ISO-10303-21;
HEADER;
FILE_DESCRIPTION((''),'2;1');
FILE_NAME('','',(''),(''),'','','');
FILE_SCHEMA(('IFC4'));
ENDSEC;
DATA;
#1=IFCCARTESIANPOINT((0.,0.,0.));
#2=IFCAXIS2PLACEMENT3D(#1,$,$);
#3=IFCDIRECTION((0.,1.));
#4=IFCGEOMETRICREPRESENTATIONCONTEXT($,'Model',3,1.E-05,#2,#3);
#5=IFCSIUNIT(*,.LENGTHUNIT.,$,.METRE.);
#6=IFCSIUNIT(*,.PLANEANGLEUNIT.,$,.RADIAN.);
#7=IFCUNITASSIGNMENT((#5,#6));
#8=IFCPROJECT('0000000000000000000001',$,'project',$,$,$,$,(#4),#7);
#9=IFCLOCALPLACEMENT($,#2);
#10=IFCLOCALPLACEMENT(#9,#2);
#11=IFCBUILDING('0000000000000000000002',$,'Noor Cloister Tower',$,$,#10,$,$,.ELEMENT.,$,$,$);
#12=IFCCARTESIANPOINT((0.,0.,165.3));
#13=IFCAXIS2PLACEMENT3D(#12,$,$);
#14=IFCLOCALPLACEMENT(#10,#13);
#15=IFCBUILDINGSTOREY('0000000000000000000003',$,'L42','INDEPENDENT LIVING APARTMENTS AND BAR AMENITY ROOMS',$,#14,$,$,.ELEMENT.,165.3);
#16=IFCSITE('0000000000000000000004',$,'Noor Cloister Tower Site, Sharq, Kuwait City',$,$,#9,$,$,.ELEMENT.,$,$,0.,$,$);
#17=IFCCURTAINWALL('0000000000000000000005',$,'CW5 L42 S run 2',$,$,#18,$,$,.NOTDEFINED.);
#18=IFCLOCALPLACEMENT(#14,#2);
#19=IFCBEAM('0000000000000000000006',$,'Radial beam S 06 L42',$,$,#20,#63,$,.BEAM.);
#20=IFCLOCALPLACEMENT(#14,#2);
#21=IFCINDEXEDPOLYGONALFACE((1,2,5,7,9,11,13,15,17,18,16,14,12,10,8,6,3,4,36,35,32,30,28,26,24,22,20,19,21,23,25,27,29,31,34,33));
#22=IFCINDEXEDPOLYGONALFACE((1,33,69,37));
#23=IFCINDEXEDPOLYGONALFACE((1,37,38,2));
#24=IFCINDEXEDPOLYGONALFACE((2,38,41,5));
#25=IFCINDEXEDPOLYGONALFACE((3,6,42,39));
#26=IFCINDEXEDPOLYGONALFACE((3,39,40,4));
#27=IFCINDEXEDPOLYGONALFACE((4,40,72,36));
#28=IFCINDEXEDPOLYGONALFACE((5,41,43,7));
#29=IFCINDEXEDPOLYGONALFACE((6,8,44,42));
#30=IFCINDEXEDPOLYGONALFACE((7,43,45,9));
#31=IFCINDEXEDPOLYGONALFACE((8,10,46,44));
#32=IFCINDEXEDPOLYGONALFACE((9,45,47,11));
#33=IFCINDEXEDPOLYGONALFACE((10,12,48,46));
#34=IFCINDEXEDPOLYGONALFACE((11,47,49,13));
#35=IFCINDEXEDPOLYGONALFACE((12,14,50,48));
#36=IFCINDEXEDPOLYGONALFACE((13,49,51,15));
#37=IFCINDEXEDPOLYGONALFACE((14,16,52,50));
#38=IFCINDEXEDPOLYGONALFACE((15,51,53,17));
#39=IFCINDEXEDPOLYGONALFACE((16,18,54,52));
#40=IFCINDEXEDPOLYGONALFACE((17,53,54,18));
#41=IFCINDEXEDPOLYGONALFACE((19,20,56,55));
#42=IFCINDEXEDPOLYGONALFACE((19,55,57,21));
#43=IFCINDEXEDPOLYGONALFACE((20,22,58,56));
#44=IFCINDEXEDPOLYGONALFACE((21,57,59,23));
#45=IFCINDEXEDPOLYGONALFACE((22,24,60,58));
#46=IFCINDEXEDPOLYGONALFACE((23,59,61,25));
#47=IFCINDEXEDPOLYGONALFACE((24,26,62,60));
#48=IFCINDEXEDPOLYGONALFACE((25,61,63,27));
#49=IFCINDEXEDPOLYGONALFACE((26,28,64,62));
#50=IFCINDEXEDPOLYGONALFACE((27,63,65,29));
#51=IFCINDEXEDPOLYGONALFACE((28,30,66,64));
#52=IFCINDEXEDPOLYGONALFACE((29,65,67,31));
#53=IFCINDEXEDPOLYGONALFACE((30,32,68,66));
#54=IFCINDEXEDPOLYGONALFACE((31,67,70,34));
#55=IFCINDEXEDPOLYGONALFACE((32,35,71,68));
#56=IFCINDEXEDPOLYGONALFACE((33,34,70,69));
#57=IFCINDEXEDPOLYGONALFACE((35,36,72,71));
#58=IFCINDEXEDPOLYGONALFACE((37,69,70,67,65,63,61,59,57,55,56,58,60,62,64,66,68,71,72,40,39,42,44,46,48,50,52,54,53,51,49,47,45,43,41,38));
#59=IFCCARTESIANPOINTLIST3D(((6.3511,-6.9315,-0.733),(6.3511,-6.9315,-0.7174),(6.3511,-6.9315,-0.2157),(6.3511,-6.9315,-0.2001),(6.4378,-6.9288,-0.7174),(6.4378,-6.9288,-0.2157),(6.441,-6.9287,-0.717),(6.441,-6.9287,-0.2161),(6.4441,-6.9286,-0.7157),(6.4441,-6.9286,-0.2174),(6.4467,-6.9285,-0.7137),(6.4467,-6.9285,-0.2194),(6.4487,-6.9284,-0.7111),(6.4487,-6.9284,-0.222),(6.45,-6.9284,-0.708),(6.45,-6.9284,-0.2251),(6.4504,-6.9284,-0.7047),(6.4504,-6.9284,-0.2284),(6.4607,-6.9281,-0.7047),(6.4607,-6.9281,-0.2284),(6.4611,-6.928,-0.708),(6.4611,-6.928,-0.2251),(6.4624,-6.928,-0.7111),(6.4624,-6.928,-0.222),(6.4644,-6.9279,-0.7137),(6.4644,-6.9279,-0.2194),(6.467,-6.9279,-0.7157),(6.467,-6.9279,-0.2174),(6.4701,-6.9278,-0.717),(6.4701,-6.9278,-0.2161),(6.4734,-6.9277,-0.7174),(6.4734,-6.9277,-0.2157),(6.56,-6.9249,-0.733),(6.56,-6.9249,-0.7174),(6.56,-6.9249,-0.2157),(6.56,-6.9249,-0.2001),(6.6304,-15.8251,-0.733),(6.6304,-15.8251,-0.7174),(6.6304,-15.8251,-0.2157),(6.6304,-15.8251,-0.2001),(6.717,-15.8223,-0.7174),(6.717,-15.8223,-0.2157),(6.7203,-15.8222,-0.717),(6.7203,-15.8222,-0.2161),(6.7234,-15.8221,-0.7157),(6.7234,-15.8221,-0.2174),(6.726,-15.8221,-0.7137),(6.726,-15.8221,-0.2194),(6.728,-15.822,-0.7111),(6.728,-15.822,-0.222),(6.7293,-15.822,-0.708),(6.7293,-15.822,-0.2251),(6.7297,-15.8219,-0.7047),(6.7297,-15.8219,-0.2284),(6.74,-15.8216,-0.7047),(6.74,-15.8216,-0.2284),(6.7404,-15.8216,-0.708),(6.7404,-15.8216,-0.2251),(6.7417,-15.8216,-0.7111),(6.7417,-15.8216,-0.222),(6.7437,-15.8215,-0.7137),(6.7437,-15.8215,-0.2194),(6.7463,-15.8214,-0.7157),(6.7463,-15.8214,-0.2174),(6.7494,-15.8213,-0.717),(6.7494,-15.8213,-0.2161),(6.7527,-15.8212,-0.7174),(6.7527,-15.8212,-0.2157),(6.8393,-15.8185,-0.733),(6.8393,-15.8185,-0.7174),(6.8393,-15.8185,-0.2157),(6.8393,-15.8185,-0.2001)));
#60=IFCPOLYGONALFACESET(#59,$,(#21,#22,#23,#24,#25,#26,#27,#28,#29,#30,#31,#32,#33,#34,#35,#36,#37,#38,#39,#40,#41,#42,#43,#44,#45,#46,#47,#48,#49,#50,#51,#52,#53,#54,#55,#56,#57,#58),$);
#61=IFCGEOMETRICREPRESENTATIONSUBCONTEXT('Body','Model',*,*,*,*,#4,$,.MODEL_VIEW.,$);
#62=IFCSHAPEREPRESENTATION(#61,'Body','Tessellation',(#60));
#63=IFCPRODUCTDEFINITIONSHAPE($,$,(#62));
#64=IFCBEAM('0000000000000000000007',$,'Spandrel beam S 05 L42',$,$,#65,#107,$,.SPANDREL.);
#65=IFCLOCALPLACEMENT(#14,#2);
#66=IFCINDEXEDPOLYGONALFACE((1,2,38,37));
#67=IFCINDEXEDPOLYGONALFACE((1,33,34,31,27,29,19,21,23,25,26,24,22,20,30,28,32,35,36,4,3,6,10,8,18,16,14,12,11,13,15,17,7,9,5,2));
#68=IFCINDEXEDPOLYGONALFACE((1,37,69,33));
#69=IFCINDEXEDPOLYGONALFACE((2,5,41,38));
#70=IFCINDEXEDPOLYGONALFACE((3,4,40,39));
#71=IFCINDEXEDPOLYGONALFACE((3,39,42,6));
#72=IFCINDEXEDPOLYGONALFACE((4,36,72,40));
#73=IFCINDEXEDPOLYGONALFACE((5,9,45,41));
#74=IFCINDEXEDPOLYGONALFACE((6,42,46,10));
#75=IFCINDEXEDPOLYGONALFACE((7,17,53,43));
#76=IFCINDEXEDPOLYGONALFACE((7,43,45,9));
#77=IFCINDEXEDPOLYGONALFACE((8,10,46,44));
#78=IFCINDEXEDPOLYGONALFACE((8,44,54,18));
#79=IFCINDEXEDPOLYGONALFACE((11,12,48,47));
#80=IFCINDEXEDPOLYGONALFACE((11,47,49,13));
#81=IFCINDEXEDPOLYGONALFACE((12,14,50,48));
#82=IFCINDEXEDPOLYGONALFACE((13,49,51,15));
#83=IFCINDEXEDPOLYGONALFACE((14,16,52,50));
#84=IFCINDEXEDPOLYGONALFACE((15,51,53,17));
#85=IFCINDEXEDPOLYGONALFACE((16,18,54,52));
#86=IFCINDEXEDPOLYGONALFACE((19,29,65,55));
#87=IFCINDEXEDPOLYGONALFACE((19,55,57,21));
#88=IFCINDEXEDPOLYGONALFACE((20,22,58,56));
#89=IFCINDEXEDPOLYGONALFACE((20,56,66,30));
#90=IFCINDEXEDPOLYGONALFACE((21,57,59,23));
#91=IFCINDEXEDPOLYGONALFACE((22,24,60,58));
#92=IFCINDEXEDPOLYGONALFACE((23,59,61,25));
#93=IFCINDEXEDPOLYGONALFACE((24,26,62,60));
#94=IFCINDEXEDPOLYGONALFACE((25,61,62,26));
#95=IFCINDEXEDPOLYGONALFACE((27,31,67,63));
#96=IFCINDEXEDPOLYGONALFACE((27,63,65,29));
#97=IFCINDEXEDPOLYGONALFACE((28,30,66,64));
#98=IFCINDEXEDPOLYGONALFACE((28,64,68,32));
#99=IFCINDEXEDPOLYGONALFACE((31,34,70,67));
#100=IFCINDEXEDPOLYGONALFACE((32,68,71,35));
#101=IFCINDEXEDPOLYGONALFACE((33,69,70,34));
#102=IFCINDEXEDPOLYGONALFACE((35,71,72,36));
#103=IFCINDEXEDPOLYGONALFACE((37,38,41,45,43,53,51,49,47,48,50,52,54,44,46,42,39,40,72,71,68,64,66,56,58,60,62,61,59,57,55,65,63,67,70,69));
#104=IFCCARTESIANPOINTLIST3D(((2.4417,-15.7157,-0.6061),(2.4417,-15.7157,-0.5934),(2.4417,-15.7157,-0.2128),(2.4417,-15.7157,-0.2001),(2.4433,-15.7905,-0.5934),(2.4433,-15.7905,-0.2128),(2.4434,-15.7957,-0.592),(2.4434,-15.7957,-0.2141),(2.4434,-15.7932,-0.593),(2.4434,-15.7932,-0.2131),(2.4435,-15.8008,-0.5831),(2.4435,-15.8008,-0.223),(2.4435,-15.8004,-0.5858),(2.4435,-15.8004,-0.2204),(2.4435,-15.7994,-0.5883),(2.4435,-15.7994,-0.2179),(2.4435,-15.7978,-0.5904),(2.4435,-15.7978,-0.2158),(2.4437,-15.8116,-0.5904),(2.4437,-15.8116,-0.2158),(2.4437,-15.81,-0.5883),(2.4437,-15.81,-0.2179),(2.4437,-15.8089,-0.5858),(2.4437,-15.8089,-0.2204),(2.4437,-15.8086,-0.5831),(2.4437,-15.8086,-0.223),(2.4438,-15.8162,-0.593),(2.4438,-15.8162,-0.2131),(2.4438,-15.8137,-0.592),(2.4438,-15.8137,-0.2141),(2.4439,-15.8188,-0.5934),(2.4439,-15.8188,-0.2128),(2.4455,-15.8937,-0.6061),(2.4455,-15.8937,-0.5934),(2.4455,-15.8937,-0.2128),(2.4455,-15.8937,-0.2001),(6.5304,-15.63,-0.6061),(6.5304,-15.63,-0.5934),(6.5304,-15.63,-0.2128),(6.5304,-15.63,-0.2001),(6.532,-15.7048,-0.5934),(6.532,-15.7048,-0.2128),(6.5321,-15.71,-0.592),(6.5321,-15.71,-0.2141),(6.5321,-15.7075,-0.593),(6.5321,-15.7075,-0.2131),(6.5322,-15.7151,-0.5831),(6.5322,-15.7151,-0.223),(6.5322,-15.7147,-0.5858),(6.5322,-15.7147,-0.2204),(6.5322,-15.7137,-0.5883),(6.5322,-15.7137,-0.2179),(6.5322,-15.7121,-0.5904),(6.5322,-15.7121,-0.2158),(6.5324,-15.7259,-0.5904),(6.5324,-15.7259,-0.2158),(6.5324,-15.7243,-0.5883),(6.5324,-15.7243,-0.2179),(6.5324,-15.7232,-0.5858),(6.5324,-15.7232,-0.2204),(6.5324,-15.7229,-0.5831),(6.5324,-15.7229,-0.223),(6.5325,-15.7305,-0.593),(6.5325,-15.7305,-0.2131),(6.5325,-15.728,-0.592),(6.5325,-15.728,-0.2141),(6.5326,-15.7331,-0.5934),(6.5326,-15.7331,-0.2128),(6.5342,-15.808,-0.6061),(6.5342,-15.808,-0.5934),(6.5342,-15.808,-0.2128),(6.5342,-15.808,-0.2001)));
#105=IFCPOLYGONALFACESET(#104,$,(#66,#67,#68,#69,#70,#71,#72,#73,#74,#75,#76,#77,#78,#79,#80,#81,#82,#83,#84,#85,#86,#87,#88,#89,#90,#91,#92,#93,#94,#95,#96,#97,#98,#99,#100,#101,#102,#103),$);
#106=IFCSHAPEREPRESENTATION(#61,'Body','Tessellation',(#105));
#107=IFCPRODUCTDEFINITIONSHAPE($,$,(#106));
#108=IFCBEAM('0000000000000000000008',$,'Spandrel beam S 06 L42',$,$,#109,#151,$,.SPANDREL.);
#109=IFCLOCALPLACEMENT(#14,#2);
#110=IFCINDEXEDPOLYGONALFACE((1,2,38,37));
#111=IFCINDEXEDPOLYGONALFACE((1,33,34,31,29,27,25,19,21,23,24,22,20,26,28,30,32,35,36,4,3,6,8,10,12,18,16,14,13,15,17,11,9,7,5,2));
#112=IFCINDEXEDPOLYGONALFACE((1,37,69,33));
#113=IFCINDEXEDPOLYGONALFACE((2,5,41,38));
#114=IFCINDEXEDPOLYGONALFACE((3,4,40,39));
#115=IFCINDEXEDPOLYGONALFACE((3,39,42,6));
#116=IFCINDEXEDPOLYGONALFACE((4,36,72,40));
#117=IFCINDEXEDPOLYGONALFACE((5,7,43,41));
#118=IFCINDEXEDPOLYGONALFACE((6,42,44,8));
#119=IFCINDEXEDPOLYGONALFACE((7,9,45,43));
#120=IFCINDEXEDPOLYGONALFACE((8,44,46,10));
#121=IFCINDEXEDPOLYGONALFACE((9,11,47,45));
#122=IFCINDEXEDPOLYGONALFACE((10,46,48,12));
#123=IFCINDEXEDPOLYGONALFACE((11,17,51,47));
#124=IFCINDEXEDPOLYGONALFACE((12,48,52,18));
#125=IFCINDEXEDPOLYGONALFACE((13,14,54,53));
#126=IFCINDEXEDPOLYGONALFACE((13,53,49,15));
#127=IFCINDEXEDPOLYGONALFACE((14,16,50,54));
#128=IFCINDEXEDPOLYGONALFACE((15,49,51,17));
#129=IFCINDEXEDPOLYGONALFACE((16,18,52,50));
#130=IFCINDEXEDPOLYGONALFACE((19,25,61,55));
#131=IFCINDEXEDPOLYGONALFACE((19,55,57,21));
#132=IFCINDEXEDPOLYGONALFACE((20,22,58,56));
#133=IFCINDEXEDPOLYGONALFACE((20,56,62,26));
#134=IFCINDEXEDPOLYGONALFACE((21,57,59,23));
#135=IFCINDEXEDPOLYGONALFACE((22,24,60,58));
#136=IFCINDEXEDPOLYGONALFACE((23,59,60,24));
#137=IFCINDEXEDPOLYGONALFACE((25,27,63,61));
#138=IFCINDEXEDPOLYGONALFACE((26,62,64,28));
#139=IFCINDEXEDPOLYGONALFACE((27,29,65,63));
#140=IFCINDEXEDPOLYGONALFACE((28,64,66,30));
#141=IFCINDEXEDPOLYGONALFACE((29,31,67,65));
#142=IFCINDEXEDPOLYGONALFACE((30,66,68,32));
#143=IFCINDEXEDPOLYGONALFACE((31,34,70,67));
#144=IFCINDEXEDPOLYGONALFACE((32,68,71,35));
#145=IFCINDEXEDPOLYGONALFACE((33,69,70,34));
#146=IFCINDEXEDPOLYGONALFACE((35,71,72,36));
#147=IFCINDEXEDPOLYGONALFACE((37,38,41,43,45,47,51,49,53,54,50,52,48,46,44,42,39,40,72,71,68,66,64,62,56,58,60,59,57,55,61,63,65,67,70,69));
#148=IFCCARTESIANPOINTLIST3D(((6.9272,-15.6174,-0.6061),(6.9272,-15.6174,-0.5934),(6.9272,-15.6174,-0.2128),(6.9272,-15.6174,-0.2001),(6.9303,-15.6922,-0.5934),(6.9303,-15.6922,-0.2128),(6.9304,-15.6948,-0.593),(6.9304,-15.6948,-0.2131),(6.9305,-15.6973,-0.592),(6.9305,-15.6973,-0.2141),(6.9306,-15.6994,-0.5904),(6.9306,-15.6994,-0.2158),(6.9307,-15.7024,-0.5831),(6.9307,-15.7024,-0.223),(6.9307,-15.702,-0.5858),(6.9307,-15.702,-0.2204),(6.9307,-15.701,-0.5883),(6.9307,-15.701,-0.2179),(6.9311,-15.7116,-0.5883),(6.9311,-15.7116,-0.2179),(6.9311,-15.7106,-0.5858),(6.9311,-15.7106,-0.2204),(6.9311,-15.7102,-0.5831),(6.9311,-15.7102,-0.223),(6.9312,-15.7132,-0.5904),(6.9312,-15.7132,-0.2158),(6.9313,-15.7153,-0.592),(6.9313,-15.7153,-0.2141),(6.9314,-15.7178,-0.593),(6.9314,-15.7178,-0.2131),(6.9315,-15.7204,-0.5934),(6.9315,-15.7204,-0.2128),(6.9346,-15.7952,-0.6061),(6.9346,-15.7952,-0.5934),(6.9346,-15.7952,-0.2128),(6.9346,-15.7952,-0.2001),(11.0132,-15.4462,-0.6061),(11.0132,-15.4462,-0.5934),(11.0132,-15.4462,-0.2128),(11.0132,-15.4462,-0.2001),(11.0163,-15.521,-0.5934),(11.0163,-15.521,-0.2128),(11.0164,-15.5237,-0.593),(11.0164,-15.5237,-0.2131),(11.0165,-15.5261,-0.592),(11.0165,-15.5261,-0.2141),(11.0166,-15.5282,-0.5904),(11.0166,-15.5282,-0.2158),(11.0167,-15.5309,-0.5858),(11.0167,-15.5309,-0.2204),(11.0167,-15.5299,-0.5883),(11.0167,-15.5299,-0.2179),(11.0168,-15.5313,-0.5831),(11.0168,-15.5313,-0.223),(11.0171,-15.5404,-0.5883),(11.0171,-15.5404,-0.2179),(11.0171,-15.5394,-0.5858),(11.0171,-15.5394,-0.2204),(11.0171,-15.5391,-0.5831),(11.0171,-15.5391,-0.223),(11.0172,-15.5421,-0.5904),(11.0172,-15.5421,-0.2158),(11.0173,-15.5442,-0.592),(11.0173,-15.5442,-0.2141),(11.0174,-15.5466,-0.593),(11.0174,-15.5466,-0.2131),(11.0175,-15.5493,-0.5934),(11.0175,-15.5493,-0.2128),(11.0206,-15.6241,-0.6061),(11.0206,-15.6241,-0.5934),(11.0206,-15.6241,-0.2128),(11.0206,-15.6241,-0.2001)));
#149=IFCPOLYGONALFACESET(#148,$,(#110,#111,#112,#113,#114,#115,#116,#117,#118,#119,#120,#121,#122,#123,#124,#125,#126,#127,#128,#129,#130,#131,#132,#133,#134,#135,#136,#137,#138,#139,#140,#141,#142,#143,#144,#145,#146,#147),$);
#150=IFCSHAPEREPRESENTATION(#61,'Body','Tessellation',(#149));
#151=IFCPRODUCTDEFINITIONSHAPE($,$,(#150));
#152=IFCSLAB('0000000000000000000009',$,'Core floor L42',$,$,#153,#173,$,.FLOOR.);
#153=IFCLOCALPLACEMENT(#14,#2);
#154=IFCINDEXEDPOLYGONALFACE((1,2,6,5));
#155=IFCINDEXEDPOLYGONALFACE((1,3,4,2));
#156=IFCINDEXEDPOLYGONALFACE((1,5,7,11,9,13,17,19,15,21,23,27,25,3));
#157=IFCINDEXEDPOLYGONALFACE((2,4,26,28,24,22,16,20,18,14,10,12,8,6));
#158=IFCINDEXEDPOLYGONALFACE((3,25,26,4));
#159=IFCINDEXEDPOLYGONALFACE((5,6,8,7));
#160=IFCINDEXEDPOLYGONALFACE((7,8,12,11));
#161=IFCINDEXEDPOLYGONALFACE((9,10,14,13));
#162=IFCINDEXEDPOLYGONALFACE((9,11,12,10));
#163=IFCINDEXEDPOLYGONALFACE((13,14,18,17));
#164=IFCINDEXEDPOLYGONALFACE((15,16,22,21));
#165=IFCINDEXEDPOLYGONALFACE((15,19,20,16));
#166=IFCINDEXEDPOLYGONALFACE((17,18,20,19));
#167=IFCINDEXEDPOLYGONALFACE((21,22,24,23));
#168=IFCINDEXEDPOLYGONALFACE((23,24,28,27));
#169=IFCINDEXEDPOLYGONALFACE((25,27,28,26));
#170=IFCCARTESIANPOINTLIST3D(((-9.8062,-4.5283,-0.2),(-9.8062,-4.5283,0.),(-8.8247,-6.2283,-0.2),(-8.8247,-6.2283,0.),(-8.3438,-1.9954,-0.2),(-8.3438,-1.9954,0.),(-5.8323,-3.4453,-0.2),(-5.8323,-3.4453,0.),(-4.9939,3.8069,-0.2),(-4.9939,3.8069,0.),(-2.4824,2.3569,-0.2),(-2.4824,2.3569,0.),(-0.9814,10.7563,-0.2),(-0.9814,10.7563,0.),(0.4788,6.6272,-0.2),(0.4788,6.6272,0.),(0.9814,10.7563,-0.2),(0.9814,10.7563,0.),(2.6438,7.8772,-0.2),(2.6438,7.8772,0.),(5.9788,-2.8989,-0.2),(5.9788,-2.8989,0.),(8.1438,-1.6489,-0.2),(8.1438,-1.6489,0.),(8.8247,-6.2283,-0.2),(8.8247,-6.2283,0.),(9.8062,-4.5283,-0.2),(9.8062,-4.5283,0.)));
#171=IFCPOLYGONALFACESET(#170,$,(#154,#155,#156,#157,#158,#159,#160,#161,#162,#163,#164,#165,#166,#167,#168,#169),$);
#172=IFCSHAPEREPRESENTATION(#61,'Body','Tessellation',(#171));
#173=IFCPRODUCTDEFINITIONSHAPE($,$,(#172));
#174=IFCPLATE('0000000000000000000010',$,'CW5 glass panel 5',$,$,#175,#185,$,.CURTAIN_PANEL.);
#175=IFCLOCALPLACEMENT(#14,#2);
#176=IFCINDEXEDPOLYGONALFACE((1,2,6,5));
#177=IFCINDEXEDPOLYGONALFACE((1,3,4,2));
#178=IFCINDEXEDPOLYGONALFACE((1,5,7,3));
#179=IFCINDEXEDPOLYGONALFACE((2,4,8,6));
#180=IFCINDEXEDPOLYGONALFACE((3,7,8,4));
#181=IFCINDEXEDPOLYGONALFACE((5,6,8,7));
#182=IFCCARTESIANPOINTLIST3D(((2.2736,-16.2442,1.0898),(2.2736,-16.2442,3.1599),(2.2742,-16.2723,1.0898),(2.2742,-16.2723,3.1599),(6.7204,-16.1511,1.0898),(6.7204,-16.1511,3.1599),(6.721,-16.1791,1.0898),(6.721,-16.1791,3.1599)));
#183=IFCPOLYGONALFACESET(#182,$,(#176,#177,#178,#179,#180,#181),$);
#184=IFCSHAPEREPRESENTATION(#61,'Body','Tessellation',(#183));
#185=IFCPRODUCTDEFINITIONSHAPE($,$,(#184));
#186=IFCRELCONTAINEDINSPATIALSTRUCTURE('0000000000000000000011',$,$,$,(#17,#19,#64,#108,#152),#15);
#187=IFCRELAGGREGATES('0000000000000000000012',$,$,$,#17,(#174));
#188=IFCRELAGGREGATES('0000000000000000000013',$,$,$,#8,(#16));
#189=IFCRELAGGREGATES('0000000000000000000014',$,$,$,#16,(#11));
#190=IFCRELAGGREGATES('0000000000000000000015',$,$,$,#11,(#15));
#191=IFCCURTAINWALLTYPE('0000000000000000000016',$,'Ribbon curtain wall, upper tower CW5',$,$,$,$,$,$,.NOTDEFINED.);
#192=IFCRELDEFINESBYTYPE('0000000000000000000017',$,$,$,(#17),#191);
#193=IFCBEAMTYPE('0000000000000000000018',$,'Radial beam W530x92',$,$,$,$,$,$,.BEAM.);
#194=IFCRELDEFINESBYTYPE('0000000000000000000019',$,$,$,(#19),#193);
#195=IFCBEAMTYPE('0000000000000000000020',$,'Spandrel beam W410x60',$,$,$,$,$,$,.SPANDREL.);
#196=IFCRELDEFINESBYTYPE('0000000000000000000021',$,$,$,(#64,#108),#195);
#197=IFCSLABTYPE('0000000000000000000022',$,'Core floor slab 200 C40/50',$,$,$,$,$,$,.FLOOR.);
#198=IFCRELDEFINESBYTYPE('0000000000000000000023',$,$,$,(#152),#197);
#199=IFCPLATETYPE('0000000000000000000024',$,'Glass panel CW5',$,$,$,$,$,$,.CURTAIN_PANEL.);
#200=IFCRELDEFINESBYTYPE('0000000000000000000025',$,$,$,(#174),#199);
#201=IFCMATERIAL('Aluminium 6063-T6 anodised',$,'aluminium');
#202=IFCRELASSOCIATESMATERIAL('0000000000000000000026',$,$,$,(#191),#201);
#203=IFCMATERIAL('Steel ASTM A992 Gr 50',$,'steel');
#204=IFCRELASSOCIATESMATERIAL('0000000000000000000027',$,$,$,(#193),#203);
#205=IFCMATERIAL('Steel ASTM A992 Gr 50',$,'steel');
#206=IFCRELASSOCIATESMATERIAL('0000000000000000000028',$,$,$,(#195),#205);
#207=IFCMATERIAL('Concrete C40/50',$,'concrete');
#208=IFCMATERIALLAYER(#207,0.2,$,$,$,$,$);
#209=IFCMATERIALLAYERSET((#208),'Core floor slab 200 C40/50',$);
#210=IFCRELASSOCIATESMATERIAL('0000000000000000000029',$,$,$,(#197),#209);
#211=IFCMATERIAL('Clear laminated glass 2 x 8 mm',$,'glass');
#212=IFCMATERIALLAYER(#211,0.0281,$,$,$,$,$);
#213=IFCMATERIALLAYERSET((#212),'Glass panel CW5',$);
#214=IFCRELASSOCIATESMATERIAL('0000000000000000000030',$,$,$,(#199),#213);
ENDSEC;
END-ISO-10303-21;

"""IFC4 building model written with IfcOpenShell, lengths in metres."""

from ifc_helpers import new_model, si_unit, direction, frame, origin, origin_2d, place, context, subcontext, project, spatial, polyline, rectangle, i_section, outline, extrude, material, layer, layer_set, material_profile, profile_set, type_object, element, aggregate, save


model = new_model("IFC4")

# Units and contexts
model_context = context("Model", 3, precision=1e-05, world=origin(), true_north=direction((0.0, 1.0)))
body_context = subcontext(model_context, "Body", "Model", "MODEL_VIEW")
ifc_project = project(units=[si_unit("LENGTHUNIT", "METRE"), si_unit("PLANEANGLEUNIT", "RADIAN")], contexts=[model_context])

# Site, building, storey
site_placement = place(None, origin())
site = spatial("IfcSite", under=ifc_project, at=site_placement, Name="Noor Cloister Tower Site, Sharq, Kuwait City", CompositionType="ELEMENT", RefElevation=0.0)
building_placement = place(site_placement, origin())
building = spatial("IfcBuilding", under=site, at=building_placement, Name="Noor Cloister Tower", CompositionType="ELEMENT")
storey_placement = place(building_placement, frame((0.0, 0.0, 165.3)))
storey = spatial("IfcBuildingStorey", under=building, at=storey_placement, Name="L42", Description="INDEPENDENT LIVING APARTMENTS AND BAR AMENITY ROOMS", CompositionType="ELEMENT", Elevation=165.3)

# Curtain wall
ifc_material_1 = material(Name="Aluminium 6063-T6 anodised", Category="aluminium")
curtain_wall_type = type_object("IfcCurtainWallType", Name="Ribbon curtain wall, upper tower CW5", PredefinedType="NOTDEFINED", material=ifc_material_1)
curtain_wall_placement = place(storey_placement, origin())
curtain_wall = element("IfcCurtainWall", 1, at=curtain_wall_placement, inside=storey, type_object=curtain_wall_type, Name="CW5 L42 S run 2", PredefinedType="NOTDEFINED")

# Beams
ifc_material_2 = material(Name="Steel ASTM A992 Gr 50", Category="steel")
ifc_material_profile_1 = material_profile(ifc_material_2, i_section(OverallWidth=0.209, OverallDepth=0.533, WebThickness=0.0103, FlangeThickness=0.0156, FilletRadius=0.0127, at=origin_2d()), Name="W530x92")
ifc_profile_set_1 = profile_set([ifc_material_profile_1], Name="Steel ASTM A992 Gr 50")
beam_type_1 = type_object("IfcBeamType", Name="Radial beam W530x92", PredefinedType="BEAM", material=ifc_profile_set_1)
beam_1_placement = place(storey_placement, frame((6.7349, -15.8218, -0.4666), z_axis=(-0.031389, 0.999507, 0.0), x_axis=(-0.999507, -0.031389, 0.0)))
element("IfcBeam", 2, at=beam_1_placement, inside=storey, type_object=beam_type_1, Name="Radial beam S 06 L42", PredefinedType="BEAM", context=body_context, shape_type="SweptSolid", body=[
    extrude(i_section(OverallWidth=0.209, OverallDepth=0.533, WebThickness=0.0103, FlangeThickness=0.0156, FilletRadius=0.0127, at=origin_2d()), origin(), (0.0, 0.0, 1.0), 8.8979),
])
ifc_material_3 = material(Name="Steel ASTM A992 Gr 50", Category="steel")
ifc_material_profile_2 = material_profile(ifc_material_3, i_section(OverallWidth=0.178, OverallDepth=0.406, WebThickness=0.0078, FlangeThickness=0.0127, FilletRadius=0.0103, at=origin_2d()), Name="W410x60")
ifc_profile_set_2 = profile_set([ifc_material_profile_2], Name="Steel ASTM A992 Gr 50")
beam_type_2 = type_object("IfcBeamType", Name="Spandrel beam W410x60", PredefinedType="SPANDREL", material=ifc_profile_set_2)
for number, where, z_axis, x_axis, name in (
    (3, (2.4436, -15.8047, -0.4031), (0.99978, 0.020954, 0.0), (-0.020954, 0.99978, 0.0), "Spandrel beam S 05 L42"),
    (4, (6.9309, -15.7063, -0.4031), (0.999124, 0.041849, 0.0), (-0.041849, 0.999124, 0.0), "Spandrel beam S 06 L42"),
):
    element("IfcBeam", number, at=place(storey_placement, frame(where, z_axis=z_axis, x_axis=x_axis)), inside=storey, type_object=beam_type_2, Name=name, PredefinedType="SPANDREL", context=body_context, shape_type="SweptSolid", body=[
        extrude(i_section(OverallWidth=0.178, OverallDepth=0.406, WebThickness=0.0078, FlangeThickness=0.0127, FilletRadius=0.0103, at=origin_2d()), origin(), (0.0, 0.0, 1.0), 4.0896),
    ])

# Slab
ifc_material_4 = material(Name="Concrete C40/50", Category="concrete")
ifc_layer_1 = layer(ifc_material_4, 0.2)
ifc_layer_set_1 = layer_set([ifc_layer_1], Name="Core floor slab 200 C40/50")
slab_type_1 = type_object("IfcSlabType", Name="Core floor slab 200 C40/50", PredefinedType="FLOOR", material=ifc_layer_set_1)
slab_1_placement = place(storey_placement, frame((0.0, 0.0, -0.2)))
element("IfcSlab", 5, at=slab_1_placement, inside=storey, type_object=slab_type_1, Name="Core floor L42", PredefinedType="FLOOR", context=body_context, shape_type="SweptSolid", body=[
    extrude(outline(polyline([(2.6438, 7.8772), (0.9814, 10.7563), (-0.9814, 10.7563), (-4.9939, 3.8069), (-2.4824, 2.3569), (-5.8323, -3.4453), (-8.3438, -1.9954), (-9.8062, -4.5283), (-8.8247, -6.2283), (8.8247, -6.2283), (9.8062, -4.5283), (8.1438, -1.6489), (5.9788, -2.8989), (0.4788, 6.6272), (2.6438, 7.8772)])), origin(), (0.0, 0.0, 1.0), 0.2),
])

# Plate
ifc_material_5 = material(Name="Clear laminated glass 2 x 8 mm", Category="glass")
ifc_layer_2 = layer(ifc_material_5, 0.0281)
ifc_layer_set_2 = layer_set([ifc_layer_2], Name="Glass panel CW5")
plate_type = type_object("IfcPlateType", Name="Glass panel CW5", PredefinedType="CURTAIN_PANEL", material=ifc_layer_set_2)
plate_1_placement = place(storey_placement, frame((4.4973, -16.2117, 1.0898), z_axis=(0.0, 0.0, 1.0), x_axis=(0.999781, 0.020945, 0.0)))
plate_1 = element("IfcPlate", 6, at=plate_1_placement, type_object=plate_type, Name="CW5 glass panel 5", PredefinedType="CURTAIN_PANEL", context=body_context, shape_type="SweptSolid", body=[
    extrude(rectangle(XDim=4.4478, YDim=0.0281, at=origin_2d()), origin(), (0.0, 0.0, 1.0), 2.0701),
])
aggregate(curtain_wall, [plate_1])

save(model, "model.ifc")
